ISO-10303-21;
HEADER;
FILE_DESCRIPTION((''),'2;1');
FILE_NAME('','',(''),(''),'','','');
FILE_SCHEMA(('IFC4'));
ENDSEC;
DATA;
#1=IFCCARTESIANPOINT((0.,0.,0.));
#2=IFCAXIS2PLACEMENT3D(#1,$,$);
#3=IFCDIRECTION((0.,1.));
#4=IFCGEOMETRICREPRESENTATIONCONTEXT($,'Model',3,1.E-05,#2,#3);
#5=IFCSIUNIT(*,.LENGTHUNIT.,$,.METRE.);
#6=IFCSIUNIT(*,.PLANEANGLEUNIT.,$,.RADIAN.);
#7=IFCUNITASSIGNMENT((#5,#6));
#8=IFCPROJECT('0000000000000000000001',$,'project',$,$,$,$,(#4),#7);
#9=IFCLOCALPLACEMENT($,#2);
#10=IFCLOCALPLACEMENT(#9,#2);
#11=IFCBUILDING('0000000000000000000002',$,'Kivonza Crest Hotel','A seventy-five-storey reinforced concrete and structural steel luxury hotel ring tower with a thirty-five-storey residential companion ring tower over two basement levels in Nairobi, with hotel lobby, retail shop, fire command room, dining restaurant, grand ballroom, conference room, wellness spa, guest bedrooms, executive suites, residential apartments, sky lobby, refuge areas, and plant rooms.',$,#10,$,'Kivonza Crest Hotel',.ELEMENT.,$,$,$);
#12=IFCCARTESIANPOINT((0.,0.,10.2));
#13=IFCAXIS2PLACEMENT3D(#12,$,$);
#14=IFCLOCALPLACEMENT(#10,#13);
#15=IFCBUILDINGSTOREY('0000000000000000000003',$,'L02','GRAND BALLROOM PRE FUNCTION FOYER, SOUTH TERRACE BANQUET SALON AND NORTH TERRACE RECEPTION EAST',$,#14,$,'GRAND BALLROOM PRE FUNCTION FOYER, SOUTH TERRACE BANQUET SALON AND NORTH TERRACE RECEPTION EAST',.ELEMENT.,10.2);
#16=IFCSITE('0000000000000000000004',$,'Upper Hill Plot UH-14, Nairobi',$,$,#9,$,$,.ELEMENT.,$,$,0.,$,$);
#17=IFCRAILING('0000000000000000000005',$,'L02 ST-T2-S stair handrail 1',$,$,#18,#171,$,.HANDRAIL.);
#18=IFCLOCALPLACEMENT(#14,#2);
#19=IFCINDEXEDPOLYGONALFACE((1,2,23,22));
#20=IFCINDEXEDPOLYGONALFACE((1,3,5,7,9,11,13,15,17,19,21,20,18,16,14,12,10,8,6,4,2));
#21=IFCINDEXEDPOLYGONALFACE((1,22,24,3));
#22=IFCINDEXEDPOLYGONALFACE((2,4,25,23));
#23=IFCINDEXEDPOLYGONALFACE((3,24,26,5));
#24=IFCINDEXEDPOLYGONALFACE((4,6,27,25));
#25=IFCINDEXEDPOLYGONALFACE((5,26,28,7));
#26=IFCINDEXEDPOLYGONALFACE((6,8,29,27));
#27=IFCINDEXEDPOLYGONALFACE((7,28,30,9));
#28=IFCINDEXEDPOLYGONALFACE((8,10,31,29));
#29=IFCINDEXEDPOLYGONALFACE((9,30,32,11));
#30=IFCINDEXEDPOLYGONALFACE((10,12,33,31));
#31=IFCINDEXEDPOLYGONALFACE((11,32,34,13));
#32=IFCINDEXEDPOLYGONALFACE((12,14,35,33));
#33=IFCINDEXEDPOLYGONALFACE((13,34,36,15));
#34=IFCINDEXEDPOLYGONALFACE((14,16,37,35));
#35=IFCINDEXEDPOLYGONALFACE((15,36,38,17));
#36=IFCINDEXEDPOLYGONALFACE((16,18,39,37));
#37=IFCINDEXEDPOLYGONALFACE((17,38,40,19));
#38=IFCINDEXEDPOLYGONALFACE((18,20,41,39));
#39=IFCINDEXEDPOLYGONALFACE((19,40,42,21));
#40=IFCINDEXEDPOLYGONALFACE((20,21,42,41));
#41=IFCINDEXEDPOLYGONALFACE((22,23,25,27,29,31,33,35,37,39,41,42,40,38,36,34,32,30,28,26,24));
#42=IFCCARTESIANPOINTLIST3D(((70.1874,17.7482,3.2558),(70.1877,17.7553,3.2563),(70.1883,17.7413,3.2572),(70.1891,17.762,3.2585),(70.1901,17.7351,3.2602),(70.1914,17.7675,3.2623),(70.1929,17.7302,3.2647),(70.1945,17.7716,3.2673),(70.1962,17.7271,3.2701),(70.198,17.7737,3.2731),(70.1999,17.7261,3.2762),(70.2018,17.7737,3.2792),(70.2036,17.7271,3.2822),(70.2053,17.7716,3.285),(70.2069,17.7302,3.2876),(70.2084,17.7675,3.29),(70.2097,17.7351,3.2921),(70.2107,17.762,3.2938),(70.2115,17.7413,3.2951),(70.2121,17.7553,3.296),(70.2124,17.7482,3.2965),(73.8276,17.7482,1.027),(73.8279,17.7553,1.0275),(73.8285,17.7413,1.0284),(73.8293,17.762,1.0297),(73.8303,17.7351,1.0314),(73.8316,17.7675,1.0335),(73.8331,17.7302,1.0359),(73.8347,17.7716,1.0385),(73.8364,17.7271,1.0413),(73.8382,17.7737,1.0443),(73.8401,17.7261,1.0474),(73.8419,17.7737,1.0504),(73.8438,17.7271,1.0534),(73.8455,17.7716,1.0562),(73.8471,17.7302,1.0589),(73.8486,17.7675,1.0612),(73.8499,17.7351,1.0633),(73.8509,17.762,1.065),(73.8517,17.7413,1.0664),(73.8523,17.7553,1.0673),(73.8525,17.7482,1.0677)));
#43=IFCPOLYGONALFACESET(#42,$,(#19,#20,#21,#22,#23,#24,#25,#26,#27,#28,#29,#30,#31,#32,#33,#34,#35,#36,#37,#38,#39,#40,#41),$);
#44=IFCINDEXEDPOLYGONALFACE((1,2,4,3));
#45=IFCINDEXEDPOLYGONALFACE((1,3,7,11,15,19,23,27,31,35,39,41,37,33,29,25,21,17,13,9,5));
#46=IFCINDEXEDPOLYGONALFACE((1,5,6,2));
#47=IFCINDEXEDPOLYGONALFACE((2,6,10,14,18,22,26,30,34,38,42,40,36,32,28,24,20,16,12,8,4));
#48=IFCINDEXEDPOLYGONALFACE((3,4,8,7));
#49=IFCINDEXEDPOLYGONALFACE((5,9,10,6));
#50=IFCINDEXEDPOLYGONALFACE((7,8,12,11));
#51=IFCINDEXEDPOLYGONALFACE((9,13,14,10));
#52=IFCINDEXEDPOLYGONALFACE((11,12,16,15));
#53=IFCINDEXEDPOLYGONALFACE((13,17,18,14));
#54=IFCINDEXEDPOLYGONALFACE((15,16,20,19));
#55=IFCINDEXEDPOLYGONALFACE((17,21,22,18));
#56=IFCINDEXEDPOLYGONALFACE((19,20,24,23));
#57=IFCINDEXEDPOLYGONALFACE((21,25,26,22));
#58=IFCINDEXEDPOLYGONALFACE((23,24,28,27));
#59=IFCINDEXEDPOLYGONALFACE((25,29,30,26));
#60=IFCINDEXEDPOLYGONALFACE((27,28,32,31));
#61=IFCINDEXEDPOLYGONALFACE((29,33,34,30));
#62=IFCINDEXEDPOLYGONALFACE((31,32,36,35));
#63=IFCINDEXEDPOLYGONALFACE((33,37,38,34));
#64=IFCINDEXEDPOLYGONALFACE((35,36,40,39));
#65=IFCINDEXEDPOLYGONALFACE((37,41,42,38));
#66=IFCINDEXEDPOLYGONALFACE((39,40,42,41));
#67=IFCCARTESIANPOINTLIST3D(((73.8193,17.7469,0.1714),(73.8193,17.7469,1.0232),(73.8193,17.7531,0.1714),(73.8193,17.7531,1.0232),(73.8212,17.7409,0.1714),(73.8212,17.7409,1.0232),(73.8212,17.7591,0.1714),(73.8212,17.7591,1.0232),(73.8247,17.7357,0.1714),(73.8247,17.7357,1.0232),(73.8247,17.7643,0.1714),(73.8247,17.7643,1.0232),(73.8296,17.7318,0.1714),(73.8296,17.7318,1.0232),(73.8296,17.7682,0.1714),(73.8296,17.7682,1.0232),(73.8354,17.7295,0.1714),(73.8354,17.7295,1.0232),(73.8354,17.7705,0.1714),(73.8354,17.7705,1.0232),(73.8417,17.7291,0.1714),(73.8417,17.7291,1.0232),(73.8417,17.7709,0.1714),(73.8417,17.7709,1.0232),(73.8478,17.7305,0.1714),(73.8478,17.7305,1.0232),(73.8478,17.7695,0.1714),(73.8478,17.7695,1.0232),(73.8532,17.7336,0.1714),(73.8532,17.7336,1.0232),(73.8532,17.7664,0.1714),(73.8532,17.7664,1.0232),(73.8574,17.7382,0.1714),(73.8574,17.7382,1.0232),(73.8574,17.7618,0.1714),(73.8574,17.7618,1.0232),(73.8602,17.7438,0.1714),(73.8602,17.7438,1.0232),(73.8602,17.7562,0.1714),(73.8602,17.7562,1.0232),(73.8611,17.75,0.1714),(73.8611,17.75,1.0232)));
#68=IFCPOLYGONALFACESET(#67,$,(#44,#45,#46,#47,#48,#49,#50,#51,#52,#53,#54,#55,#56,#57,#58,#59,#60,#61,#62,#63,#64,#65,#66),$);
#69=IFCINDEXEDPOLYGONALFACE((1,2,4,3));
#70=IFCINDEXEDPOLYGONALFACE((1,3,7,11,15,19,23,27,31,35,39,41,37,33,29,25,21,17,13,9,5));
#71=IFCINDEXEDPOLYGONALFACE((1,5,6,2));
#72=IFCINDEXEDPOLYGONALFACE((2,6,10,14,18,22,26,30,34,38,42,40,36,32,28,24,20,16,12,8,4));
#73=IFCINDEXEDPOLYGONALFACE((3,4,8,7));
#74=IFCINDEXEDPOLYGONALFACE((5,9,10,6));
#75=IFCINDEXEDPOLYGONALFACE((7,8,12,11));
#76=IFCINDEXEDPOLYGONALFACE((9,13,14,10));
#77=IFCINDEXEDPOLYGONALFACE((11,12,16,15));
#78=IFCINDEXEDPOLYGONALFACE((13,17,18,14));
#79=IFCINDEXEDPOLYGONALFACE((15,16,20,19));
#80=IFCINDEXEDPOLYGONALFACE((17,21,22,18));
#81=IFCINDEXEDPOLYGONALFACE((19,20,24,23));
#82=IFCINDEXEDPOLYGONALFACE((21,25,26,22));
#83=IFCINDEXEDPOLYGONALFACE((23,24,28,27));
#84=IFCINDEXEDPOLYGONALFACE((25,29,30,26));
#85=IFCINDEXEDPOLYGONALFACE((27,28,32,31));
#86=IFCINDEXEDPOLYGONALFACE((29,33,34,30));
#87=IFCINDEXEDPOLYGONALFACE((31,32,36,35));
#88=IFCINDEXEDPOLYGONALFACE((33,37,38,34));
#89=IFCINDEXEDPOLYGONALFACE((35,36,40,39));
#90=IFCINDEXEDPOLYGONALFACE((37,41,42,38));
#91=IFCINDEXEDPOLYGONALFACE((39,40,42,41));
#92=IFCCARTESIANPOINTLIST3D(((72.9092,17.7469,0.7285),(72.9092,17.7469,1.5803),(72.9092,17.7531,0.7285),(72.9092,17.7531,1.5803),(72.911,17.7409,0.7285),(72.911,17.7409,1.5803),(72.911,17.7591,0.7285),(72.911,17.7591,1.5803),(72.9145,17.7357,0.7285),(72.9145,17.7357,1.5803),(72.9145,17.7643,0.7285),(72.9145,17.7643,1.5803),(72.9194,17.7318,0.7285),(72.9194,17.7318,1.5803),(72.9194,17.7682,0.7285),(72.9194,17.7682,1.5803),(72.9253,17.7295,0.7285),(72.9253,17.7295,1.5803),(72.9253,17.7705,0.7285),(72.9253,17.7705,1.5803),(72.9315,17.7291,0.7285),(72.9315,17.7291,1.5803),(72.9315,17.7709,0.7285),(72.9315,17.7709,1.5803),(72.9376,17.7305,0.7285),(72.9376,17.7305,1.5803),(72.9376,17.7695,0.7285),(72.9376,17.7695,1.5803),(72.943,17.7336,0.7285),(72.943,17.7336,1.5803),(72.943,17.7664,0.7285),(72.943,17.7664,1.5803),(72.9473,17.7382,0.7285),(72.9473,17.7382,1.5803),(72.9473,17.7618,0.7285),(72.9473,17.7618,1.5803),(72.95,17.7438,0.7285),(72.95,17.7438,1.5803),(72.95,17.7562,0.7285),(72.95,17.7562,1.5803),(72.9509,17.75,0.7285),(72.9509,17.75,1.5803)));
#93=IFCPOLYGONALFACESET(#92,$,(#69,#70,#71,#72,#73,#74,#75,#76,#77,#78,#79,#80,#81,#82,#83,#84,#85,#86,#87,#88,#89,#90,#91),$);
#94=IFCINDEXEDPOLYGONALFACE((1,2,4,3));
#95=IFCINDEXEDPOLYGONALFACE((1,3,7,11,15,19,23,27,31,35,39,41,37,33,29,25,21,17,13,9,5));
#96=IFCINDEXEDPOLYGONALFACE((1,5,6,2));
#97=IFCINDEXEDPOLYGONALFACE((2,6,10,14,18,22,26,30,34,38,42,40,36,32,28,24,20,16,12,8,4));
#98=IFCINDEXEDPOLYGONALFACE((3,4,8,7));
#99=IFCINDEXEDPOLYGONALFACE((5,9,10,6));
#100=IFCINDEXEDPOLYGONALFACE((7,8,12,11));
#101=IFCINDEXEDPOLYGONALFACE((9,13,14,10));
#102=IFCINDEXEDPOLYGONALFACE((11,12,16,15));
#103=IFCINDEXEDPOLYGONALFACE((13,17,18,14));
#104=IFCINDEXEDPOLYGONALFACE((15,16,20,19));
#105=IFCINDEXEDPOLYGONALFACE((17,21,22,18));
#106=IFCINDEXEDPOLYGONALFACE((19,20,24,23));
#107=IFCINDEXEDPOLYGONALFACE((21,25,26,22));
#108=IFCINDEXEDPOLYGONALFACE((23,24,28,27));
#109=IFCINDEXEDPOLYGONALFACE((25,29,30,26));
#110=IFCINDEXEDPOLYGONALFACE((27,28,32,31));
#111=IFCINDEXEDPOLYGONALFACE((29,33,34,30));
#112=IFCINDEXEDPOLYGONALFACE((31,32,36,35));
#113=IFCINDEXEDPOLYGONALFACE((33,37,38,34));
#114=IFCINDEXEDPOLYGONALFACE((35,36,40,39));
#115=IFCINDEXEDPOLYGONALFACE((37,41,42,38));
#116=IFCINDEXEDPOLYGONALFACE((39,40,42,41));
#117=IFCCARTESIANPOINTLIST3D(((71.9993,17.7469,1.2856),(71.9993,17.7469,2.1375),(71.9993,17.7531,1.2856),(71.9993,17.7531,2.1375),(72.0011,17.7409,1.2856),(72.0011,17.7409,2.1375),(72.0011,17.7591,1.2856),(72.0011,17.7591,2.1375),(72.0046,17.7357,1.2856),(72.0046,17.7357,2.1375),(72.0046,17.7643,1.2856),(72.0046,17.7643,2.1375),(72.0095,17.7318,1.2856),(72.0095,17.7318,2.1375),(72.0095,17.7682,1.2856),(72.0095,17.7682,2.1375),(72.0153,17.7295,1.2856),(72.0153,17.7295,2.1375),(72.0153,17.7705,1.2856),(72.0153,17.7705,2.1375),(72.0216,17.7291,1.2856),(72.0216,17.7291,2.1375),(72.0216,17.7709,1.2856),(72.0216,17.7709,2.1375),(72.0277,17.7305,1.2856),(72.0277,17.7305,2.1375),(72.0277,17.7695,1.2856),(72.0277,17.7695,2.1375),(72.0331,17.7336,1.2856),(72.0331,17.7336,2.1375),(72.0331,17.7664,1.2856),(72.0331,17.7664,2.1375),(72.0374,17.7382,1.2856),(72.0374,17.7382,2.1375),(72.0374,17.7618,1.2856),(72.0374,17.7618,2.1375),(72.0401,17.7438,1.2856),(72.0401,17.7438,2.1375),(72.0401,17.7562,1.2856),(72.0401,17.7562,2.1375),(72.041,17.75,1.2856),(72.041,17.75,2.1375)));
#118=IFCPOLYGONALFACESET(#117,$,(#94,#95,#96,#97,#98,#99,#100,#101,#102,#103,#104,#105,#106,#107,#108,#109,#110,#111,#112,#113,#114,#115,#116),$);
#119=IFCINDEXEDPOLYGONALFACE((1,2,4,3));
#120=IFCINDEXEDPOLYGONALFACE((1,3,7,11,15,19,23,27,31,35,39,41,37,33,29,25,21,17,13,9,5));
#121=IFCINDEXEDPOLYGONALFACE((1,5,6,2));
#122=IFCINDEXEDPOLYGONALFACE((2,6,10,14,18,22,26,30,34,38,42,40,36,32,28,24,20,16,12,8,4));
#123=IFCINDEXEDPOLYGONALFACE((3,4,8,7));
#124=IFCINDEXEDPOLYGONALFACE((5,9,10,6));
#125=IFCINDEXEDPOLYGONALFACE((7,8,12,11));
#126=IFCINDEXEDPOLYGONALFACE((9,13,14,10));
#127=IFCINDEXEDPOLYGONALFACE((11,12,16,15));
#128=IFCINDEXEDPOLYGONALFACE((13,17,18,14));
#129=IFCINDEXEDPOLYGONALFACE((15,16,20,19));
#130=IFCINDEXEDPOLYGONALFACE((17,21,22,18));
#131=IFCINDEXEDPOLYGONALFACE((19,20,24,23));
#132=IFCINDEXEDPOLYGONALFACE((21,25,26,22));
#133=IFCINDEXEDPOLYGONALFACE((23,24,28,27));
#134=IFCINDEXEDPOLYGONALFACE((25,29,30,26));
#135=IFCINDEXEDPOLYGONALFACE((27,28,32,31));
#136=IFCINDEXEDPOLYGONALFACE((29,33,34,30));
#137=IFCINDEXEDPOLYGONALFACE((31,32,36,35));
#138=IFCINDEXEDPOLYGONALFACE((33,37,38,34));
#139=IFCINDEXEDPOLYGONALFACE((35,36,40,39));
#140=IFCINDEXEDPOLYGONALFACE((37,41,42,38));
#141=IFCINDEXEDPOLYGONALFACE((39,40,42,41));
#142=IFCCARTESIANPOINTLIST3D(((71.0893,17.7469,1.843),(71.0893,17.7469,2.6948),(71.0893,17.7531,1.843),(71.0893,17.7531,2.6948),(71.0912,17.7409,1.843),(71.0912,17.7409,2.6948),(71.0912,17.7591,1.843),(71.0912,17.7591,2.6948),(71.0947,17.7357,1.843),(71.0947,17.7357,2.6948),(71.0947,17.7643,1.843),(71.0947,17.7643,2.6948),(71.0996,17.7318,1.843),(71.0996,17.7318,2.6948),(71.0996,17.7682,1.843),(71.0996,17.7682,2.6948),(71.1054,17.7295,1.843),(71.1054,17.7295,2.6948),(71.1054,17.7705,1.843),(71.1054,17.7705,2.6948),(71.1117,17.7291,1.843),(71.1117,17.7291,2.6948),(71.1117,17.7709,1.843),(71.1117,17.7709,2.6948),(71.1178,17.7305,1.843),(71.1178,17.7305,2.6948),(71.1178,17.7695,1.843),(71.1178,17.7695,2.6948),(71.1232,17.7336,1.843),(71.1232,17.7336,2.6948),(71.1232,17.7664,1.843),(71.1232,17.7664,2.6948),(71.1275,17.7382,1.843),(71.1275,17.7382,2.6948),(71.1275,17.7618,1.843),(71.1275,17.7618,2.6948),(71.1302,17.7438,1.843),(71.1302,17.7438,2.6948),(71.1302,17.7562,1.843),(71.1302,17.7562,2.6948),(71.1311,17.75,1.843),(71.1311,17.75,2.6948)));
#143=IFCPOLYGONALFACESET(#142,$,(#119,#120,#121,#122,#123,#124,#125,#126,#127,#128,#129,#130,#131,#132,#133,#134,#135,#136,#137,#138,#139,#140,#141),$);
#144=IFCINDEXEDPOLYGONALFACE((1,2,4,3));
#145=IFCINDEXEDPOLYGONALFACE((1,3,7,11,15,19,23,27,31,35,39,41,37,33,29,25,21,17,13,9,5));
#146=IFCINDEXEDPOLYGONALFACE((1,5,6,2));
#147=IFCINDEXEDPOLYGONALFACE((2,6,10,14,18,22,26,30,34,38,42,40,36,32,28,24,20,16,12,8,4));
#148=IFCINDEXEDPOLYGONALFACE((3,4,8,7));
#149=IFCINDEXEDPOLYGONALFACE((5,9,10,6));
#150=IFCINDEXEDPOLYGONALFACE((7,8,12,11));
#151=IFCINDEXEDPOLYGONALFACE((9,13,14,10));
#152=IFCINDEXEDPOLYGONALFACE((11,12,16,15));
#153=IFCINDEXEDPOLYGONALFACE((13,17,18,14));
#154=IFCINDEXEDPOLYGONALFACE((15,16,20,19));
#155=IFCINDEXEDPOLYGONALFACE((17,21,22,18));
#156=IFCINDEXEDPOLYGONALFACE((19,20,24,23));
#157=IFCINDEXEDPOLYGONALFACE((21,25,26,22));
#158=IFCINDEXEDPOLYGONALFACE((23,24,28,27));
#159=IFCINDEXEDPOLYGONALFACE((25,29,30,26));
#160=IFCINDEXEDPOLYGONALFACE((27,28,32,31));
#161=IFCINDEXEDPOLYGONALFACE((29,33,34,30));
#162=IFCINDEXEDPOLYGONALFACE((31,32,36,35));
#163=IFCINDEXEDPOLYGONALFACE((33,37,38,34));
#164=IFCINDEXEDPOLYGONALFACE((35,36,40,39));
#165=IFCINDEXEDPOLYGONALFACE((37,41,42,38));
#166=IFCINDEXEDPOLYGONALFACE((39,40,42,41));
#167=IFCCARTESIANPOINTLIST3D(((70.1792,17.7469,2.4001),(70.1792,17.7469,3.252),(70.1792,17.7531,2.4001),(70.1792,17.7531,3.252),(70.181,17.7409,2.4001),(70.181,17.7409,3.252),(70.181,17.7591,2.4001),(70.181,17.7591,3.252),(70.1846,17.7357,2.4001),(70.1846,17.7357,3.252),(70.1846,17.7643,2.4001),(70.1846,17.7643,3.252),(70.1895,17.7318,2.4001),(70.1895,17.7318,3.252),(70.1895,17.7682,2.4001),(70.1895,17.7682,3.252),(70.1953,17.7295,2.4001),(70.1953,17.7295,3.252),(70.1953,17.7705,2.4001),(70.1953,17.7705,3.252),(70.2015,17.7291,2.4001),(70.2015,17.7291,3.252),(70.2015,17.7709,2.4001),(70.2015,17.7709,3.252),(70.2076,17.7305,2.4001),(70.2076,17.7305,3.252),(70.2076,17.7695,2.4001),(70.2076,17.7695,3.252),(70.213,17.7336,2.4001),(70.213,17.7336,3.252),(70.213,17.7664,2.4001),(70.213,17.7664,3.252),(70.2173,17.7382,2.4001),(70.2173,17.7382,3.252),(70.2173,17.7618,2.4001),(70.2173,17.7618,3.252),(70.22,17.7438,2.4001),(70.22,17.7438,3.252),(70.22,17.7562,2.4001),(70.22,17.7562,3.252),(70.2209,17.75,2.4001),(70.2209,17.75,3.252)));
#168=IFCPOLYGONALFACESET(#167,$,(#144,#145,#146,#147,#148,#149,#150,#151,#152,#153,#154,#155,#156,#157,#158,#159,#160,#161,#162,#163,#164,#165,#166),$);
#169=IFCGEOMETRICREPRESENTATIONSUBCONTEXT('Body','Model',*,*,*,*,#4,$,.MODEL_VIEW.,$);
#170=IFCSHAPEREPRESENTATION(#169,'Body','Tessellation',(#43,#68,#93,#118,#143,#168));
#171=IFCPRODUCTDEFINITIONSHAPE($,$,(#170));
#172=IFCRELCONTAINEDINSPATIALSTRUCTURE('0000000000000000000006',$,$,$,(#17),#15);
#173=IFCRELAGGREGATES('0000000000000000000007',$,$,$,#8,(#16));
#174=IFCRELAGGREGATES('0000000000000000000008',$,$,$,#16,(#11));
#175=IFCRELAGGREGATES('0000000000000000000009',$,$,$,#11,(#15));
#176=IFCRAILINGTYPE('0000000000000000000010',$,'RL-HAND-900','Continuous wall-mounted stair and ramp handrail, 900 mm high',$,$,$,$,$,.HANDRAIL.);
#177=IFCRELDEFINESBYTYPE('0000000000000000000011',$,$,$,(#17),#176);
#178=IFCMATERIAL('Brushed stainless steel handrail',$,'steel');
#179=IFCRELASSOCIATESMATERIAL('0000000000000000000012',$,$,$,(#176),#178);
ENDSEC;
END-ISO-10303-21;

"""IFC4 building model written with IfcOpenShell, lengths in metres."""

from ifc_helpers import new_model, si_unit, direction, frame, origin, origin_2d, place, context, subcontext, project, spatial, circle, extrude, material, type_object, element, save


model = new_model("IFC4")

# Units and contexts
model_context = context("Model", 3, precision=1e-05, world=origin(), true_north=direction((0.0, 1.0)))
body_context = subcontext(model_context, "Body", "Model", "MODEL_VIEW")
ifc_project = project(units=[si_unit("LENGTHUNIT", "METRE"), si_unit("PLANEANGLEUNIT", "RADIAN")], contexts=[model_context])

# Site, building, storey
site_placement = place(None, origin())
site = spatial("IfcSite", under=ifc_project, at=site_placement, Name="Upper Hill Plot UH-14, Nairobi", CompositionType="ELEMENT", RefElevation=0.0)
building_placement = place(site_placement, origin())
building = spatial("IfcBuilding", under=site, at=building_placement, Name="Kivonza Crest Hotel", Description="A seventy-five-storey reinforced concrete and structural steel luxury hotel ring tower with a thirty-five-storey residential companion ring tower over two basement levels in Nairobi, with hotel lobby, retail shop, fire command room, dining restaurant, grand ballroom, conference room, wellness spa, guest bedrooms, executive suites, residential apartments, sky lobby, refuge areas, and plant rooms.", LongName="Kivonza Crest Hotel", CompositionType="ELEMENT")
storey_placement = place(building_placement, frame((0.0, 0.0, 10.2)))
storey = spatial("IfcBuildingStorey", under=building, at=storey_placement, Name="L02", Description="GRAND BALLROOM PRE FUNCTION FOYER, SOUTH TERRACE BANQUET SALON AND NORTH TERRACE RECEPTION EAST", LongName="GRAND BALLROOM PRE FUNCTION FOYER, SOUTH TERRACE BANQUET SALON AND NORTH TERRACE RECEPTION EAST", CompositionType="ELEMENT", Elevation=10.2)

# Railing
ifc_material_1 = material(Name="Brushed stainless steel handrail", Category="steel")
railing_type_1 = type_object("IfcRailingType", Name="RL-HAND-900", Description="Continuous wall-mounted stair and ramp handrail, 900 mm high", PredefinedType="HANDRAIL", material=ifc_material_1)
railing_1_placement = place(storey_placement, frame((73.8401, 17.75, 0.1714)))
element("IfcRailing", 1, at=railing_1_placement, inside=storey, type_object=railing_type_1, Name="L02 ST-T2-S stair handrail 1", PredefinedType="HANDRAIL", context=body_context, shape_type="SweptSolid", body=[
    extrude(circle(Radius=0.0239, at=origin_2d()), frame((0.0, 0.0, 0.876), z_axis=(-0.85284, 0.0, 0.522172), x_axis=(0.0, -1.0, 0.0)), (0.0, 0.0, 1.0), 4.2683),
    extrude(circle(Radius=0.021, at=origin_2d()), origin(), (0.0, 0.0, 1.0), 0.8518),
    extrude(circle(Radius=0.021, at=origin_2d()), frame((-0.9102, 0.0, 0.5571)), (0.0, 0.0, 1.0), 0.8518),
    extrude(circle(Radius=0.021, at=origin_2d()), frame((-1.8201, 0.0, 1.1143)), (0.0, 0.0, 1.0), 0.8518),
    extrude(circle(Radius=0.021, at=origin_2d()), frame((-2.73, 0.0, 1.6716)), (0.0, 0.0, 1.0), 0.8518),
    extrude(circle(Radius=0.021, at=origin_2d()), frame((-3.6401, 0.0, 2.2288)), (0.0, 0.0, 1.0), 0.8518),
])

save(model, "model.ifc")
